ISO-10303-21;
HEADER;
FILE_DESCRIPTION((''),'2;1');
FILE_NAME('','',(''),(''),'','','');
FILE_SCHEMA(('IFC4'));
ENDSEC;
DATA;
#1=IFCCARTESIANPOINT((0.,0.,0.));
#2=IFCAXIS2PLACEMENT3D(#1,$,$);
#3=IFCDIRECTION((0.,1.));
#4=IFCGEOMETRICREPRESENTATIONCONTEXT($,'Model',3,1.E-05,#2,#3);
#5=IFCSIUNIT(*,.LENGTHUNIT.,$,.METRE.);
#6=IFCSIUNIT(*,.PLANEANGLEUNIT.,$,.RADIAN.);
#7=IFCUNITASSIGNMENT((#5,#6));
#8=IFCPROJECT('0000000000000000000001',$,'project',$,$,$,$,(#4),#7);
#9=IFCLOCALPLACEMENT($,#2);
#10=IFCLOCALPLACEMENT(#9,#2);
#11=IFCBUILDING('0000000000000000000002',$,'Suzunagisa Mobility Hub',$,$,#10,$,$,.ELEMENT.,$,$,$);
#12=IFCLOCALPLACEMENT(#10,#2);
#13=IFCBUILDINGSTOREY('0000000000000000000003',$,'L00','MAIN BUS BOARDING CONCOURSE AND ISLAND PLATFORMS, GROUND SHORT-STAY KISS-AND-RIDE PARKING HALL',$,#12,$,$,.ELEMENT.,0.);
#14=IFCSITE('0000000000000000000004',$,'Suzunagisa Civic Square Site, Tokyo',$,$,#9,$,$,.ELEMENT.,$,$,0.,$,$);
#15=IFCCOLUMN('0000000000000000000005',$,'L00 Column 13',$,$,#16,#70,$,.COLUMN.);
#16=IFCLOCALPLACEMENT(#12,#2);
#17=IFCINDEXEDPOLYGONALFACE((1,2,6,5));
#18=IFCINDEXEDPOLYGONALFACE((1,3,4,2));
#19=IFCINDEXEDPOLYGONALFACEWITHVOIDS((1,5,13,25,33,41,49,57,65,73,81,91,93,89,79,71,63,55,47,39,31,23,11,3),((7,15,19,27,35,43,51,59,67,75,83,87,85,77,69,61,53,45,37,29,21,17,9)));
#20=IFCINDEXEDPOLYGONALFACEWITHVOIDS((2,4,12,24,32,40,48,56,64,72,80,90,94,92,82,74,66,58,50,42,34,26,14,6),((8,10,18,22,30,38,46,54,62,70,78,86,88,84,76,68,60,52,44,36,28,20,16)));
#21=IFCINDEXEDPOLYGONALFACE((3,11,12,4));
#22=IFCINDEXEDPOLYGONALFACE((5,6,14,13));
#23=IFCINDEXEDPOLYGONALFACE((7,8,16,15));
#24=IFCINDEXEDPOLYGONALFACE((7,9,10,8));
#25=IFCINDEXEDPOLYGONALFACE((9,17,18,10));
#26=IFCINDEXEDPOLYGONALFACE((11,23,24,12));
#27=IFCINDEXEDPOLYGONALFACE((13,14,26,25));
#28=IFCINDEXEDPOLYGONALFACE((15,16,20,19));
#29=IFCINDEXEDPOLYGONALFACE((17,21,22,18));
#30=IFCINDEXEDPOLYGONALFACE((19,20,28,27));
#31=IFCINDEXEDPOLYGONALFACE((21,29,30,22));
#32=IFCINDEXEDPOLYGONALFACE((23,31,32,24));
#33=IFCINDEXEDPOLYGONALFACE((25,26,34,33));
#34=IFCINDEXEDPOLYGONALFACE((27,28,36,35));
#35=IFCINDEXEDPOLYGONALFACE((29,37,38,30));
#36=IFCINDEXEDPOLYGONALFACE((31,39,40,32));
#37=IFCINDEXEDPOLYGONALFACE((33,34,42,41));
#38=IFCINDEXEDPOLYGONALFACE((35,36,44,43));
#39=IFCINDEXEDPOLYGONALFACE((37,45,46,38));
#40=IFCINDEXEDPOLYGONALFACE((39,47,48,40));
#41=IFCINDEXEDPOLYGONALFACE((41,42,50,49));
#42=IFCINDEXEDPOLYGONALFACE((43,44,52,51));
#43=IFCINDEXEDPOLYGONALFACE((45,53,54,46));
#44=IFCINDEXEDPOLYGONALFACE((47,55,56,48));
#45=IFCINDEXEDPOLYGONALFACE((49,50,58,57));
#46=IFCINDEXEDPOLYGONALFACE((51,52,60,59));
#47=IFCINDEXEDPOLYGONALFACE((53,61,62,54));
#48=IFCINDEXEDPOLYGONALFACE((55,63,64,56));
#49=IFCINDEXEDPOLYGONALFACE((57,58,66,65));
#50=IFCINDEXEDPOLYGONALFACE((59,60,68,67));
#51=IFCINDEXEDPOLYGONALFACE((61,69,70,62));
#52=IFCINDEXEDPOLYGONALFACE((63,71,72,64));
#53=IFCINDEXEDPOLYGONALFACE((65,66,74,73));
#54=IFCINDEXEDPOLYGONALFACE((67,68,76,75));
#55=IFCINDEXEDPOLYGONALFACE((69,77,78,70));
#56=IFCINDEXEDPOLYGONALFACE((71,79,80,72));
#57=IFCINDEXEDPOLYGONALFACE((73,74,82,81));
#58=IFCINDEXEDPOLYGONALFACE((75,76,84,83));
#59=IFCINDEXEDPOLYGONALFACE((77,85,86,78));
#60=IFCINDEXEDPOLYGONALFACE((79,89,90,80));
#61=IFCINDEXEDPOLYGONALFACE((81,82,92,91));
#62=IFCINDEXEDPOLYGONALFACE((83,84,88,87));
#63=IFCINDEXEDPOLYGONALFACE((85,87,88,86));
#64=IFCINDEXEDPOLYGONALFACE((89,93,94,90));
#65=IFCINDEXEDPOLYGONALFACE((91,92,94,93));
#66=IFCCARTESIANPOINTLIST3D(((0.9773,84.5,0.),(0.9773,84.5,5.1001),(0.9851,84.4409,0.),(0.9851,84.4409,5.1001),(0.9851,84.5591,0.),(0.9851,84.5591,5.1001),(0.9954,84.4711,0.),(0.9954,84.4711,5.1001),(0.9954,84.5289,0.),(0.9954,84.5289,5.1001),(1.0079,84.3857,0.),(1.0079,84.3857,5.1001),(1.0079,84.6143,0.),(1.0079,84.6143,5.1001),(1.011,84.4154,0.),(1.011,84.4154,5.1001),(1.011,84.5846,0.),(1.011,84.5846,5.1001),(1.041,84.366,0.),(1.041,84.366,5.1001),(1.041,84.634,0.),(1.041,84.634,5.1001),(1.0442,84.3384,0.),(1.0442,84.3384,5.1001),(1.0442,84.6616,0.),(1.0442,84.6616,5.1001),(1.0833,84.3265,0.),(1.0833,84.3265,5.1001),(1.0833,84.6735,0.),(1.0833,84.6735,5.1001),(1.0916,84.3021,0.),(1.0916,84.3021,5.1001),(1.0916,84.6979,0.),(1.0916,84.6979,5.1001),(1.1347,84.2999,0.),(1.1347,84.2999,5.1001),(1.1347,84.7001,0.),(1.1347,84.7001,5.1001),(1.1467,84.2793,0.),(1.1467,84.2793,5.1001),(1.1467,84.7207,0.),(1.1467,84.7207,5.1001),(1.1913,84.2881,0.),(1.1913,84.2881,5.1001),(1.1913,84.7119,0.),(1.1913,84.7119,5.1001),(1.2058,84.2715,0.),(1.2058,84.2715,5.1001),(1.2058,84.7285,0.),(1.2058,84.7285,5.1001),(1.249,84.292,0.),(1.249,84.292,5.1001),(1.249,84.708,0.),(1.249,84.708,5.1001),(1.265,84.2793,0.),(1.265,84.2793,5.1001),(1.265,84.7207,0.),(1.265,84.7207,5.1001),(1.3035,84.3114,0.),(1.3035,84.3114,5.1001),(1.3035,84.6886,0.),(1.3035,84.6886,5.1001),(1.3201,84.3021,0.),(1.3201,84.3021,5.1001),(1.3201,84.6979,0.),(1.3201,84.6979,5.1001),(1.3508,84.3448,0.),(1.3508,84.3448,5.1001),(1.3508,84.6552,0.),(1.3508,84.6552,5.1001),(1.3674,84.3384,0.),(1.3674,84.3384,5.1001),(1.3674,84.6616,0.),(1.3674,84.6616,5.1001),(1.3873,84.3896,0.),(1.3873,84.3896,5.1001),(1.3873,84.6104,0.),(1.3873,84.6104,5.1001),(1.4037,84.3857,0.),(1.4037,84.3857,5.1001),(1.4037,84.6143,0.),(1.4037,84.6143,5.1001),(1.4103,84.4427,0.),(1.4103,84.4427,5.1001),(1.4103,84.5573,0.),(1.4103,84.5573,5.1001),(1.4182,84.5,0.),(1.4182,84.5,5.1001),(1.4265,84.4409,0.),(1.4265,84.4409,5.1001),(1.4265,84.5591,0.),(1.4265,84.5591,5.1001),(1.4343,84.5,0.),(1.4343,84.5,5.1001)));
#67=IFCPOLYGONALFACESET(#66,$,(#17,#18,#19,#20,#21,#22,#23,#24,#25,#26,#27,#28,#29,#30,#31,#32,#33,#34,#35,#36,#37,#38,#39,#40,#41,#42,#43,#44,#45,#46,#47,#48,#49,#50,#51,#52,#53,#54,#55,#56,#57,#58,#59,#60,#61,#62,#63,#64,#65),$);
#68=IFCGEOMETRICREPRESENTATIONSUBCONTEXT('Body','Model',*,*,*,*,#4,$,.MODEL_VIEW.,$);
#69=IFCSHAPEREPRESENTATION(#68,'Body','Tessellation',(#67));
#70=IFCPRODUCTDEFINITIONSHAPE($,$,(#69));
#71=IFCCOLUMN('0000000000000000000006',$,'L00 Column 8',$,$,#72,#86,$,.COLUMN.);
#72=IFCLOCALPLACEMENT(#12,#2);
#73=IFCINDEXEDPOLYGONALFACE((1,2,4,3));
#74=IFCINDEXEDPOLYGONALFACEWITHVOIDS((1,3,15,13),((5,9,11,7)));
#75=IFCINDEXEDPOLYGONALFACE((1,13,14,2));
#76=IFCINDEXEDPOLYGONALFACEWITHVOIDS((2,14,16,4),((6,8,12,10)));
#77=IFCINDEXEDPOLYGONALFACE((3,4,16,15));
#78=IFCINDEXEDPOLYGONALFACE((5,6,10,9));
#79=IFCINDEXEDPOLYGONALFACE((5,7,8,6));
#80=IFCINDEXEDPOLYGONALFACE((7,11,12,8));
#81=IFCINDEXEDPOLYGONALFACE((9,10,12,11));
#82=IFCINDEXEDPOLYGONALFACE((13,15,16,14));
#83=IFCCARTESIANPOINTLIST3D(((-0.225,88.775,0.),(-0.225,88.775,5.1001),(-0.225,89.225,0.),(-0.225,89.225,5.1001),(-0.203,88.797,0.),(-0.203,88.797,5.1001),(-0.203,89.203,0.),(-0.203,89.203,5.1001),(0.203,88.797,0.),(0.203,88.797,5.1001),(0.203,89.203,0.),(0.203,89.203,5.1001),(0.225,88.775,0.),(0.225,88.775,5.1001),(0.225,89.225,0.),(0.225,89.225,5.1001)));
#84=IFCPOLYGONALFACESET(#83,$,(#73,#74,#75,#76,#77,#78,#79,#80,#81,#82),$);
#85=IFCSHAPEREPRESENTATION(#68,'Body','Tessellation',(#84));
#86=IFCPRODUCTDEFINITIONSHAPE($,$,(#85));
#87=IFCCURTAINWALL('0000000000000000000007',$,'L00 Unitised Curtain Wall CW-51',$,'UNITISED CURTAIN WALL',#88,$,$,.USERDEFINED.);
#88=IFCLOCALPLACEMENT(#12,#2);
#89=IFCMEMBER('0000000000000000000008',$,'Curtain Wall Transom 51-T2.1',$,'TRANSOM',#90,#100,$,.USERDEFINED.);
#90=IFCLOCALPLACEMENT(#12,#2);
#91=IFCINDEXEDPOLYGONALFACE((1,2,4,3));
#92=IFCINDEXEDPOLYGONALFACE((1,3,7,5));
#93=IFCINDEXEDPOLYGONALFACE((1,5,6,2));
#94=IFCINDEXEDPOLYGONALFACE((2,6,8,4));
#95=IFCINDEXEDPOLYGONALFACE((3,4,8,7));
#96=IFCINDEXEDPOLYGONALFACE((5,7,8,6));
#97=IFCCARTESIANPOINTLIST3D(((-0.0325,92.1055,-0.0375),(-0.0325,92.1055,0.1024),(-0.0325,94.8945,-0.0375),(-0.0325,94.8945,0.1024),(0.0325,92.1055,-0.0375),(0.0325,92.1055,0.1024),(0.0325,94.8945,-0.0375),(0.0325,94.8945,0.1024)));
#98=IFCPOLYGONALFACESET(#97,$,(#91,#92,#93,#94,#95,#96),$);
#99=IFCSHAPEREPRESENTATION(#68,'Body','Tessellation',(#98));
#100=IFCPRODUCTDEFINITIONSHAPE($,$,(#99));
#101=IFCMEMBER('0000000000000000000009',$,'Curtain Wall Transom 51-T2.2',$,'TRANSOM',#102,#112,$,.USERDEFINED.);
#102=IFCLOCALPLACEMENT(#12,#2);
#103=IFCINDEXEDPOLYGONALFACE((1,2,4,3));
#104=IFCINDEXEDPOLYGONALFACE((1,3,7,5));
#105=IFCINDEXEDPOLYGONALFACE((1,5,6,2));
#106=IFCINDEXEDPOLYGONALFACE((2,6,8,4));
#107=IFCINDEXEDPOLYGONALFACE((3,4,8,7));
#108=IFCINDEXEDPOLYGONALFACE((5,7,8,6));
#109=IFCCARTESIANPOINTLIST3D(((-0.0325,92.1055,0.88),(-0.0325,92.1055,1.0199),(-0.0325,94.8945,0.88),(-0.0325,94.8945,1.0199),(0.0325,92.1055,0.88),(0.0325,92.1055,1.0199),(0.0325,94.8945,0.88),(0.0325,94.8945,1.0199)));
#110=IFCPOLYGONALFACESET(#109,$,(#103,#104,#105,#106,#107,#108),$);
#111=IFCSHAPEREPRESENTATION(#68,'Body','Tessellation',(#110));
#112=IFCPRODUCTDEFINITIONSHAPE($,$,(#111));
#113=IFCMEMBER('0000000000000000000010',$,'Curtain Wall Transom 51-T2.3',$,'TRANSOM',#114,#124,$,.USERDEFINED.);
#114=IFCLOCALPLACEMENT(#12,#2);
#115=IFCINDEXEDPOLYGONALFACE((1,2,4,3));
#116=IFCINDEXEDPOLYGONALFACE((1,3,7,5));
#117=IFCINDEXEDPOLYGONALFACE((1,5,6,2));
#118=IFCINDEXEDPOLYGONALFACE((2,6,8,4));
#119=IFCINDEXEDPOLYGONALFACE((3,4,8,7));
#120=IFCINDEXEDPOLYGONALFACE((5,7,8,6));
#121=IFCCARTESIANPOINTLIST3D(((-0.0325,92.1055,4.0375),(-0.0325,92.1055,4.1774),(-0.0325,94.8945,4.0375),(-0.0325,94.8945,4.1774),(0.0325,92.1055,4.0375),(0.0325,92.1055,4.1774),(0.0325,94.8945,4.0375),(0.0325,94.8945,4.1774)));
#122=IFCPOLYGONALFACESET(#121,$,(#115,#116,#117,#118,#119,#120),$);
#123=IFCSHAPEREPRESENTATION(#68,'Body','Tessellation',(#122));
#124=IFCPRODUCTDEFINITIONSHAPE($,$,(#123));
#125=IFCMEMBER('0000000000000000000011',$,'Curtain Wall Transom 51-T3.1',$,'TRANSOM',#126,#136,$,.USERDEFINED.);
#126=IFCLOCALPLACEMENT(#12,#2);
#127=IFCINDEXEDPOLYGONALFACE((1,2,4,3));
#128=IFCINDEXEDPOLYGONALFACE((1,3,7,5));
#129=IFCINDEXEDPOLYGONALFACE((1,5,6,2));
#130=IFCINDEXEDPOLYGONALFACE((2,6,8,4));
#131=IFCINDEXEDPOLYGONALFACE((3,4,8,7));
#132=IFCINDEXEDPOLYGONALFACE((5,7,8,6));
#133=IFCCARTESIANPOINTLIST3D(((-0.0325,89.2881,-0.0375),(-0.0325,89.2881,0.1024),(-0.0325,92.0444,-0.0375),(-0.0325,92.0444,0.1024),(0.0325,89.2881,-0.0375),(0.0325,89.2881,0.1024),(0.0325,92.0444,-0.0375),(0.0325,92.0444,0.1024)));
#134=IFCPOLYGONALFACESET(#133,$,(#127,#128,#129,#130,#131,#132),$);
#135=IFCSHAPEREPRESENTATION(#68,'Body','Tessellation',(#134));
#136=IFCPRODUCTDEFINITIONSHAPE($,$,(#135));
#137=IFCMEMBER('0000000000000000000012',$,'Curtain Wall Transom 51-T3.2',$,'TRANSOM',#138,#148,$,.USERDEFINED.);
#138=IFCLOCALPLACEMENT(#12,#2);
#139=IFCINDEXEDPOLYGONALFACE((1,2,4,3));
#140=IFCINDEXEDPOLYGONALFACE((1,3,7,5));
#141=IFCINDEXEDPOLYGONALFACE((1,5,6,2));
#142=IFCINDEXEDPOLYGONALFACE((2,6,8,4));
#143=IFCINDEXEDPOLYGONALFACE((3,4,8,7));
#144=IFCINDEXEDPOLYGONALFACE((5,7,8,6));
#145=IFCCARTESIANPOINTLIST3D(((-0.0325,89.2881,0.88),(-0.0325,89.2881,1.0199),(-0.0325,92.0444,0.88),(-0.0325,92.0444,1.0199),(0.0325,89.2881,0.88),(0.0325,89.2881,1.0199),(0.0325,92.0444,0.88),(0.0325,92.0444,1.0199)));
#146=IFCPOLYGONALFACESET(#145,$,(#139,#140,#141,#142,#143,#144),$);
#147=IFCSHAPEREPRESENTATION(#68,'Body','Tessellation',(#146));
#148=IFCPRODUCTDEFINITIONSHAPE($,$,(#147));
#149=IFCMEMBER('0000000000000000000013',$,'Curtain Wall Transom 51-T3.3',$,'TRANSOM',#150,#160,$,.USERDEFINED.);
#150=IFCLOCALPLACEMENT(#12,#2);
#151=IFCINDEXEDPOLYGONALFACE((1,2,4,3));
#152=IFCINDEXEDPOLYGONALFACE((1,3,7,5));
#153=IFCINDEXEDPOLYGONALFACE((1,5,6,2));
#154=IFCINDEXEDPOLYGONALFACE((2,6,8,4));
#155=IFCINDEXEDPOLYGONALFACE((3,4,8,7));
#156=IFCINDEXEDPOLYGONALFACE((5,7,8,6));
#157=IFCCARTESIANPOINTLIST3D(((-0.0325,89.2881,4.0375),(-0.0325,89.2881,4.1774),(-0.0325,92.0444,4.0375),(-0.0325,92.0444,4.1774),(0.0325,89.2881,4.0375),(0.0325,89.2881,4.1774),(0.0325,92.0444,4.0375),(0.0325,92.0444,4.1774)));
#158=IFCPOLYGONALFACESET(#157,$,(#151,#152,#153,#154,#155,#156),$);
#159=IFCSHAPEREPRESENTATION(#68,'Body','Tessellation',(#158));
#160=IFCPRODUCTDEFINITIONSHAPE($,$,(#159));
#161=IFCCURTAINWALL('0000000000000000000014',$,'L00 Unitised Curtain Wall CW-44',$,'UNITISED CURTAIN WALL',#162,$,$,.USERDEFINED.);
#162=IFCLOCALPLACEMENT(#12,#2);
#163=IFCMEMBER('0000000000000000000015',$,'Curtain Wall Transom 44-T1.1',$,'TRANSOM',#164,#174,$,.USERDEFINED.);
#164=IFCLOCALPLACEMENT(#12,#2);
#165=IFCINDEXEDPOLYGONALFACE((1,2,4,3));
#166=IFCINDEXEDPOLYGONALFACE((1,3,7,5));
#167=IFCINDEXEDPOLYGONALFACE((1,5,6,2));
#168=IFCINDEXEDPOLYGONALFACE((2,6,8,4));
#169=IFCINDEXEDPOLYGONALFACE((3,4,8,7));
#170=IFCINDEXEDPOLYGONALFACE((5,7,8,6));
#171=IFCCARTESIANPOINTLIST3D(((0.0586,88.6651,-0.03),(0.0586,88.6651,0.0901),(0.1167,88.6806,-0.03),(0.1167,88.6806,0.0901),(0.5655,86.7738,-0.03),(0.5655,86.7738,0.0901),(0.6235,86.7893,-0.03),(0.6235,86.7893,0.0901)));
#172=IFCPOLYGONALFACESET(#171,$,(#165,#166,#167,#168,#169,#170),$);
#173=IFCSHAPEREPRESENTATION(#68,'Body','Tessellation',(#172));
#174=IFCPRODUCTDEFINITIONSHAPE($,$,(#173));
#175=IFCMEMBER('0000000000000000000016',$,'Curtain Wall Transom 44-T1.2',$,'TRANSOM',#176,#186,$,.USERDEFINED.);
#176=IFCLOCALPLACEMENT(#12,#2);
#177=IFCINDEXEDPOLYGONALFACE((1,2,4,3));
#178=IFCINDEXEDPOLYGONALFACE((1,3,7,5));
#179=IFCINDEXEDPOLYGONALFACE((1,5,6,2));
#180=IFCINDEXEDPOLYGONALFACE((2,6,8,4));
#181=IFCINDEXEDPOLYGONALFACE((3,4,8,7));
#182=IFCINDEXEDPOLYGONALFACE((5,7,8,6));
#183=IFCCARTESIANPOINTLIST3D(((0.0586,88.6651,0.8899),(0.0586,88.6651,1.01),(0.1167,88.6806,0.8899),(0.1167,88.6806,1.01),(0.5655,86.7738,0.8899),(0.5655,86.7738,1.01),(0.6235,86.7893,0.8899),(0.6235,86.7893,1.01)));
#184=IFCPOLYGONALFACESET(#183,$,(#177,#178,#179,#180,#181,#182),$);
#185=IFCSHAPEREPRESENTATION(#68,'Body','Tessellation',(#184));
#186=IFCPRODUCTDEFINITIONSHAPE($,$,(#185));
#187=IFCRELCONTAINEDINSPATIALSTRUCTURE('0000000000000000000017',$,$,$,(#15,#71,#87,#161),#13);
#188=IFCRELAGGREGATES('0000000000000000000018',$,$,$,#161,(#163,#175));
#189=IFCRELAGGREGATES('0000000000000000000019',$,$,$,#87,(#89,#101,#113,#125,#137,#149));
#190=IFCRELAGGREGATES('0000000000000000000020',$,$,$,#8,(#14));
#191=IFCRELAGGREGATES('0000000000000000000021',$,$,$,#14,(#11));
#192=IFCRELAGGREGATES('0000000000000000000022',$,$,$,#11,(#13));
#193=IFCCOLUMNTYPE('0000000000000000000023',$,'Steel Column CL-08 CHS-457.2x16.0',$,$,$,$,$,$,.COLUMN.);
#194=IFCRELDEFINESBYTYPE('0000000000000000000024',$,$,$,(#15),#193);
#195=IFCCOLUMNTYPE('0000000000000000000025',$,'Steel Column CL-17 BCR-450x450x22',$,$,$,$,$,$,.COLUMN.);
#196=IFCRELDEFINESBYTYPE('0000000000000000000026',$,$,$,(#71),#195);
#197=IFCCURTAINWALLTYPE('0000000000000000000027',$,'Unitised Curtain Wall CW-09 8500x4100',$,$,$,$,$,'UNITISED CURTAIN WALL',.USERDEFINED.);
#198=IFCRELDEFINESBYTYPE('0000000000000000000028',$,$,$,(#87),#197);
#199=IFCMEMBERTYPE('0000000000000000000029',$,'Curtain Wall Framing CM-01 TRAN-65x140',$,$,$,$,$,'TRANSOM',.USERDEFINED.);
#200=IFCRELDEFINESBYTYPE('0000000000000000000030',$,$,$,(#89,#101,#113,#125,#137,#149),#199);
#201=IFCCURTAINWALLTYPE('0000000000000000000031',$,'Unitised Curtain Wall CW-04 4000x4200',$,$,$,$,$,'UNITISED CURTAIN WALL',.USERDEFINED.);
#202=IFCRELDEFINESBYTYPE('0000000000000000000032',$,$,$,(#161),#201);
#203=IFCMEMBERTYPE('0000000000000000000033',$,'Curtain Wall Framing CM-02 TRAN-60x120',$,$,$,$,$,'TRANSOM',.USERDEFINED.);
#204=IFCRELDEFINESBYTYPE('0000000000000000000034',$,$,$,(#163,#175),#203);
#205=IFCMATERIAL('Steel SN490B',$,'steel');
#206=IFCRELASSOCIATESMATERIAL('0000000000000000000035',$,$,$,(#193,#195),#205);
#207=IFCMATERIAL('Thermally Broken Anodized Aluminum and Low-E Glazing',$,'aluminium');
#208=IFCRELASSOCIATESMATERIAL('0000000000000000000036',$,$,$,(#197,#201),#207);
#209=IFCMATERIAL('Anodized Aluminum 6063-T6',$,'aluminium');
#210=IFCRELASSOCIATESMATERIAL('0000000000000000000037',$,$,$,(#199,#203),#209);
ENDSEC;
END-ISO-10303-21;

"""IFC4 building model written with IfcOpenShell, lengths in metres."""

from ifc_helpers import new_model, si_unit, direction, frame, origin, origin_2d, place, context, subcontext, project, spatial, rectangle, hollow_rectangle, hollow_circle, extrude, material, material_profile, profile_set, type_object, element, aggregate, save


model = new_model("IFC4")

# Units and contexts
model_context = context("Model", 3, precision=1e-05, world=origin(), true_north=direction((0.0, 1.0)))
body_context = subcontext(model_context, "Body", "Model", "MODEL_VIEW")
ifc_project = project(units=[si_unit("LENGTHUNIT", "METRE"), si_unit("PLANEANGLEUNIT", "RADIAN")], contexts=[model_context])

# Site, building, storey
site_placement = place(None, origin())
site = spatial("IfcSite", under=ifc_project, at=site_placement, Name="Suzunagisa Civic Square Site, Tokyo", CompositionType="ELEMENT", RefElevation=0.0)
building_placement = place(site_placement, origin())
building = spatial("IfcBuilding", under=site, at=building_placement, Name="Suzunagisa Mobility Hub", CompositionType="ELEMENT")
storey_placement = place(building_placement, origin())
storey = spatial("IfcBuildingStorey", under=building, at=storey_placement, Name="L00", Description="MAIN BUS BOARDING CONCOURSE AND ISLAND PLATFORMS, GROUND SHORT-STAY KISS-AND-RIDE PARKING HALL", CompositionType="ELEMENT", Elevation=0.0)

# Columns
ifc_material_1 = material(Name="Steel SN490B", Category="steel")
ifc_material_profile_1 = material_profile(ifc_material_1, hollow_circle(Radius=0.2285, WallThickness=0.0161, at=origin_2d()), Name="CHS-457.2x16.0")
ifc_profile_set_1 = profile_set([ifc_material_profile_1], Name="Steel SN490B")
column_type_1 = type_object("IfcColumnType", Name="Steel Column CL-08 CHS-457.2x16.0", PredefinedType="COLUMN", material=ifc_profile_set_1)
column_1_placement = place(storey_placement, frame((1.2058, 84.5, 0.0), z_axis=(0.0, 0.0, 1.0), x_axis=(1.0, 0.0, 0.0)))
element("IfcColumn", 1, at=column_1_placement, inside=storey, type_object=column_type_1, Name="L00 Column 13", PredefinedType="COLUMN", context=body_context, shape_type="SweptSolid", body=[
    extrude(hollow_circle(Radius=0.2285, WallThickness=0.0161, at=origin_2d()), origin(), (0.0, 0.0, 1.0), 5.1001),
])
ifc_material_profile_2 = material_profile(ifc_material_1, hollow_rectangle(XDim=0.45, YDim=0.45, WallThickness=0.022, at=origin_2d()), Name="BCR-450x450x22")
ifc_profile_set_2 = profile_set([ifc_material_profile_2], Name="Steel SN490B")
column_type_2 = type_object("IfcColumnType", Name="Steel Column CL-17 BCR-450x450x22", PredefinedType="COLUMN", material=ifc_profile_set_2)
column_2_placement = place(storey_placement, frame((0.0, 89.0, 0.0), z_axis=(0.0, 0.0, 1.0), x_axis=(1.0, 0.0, 0.0)))
element("IfcColumn", 2, at=column_2_placement, inside=storey, type_object=column_type_2, Name="L00 Column 8", PredefinedType="COLUMN", context=body_context, shape_type="SweptSolid", body=[
    extrude(hollow_rectangle(XDim=0.45, YDim=0.45, WallThickness=0.022, at=origin_2d()), origin(), (0.0, 0.0, 1.0), 5.1001),
])

# Curtain walls, members
ifc_material_2 = material(Name="Thermally Broken Anodized Aluminum and Low-E Glazing", Category="aluminium")
curtain_wall_type_1 = type_object("IfcCurtainWallType", Name="Unitised Curtain Wall CW-09 8500x4100", ElementType="UNITISED CURTAIN WALL", PredefinedType="USERDEFINED", material=ifc_material_2)
curtain_wall_1_placement = place(storey_placement, origin())
curtain_wall_1 = element("IfcCurtainWall", 3, at=curtain_wall_1_placement, inside=storey, type_object=curtain_wall_type_1, Name="L00 Unitised Curtain Wall CW-51", ObjectType="UNITISED CURTAIN WALL", PredefinedType="USERDEFINED")
ifc_material_3 = material(Name="Anodized Aluminum 6063-T6", Category="aluminium")
ifc_material_profile_3 = material_profile(ifc_material_3, rectangle(XDim=0.0649, YDim=0.1399, at=origin_2d()), Name="TRAN-65x140")
ifc_profile_set_3 = profile_set([ifc_material_profile_3], Name="Anodized Aluminum 6063-T6")
member_type_1 = type_object("IfcMemberType", Name="Curtain Wall Framing CM-01 TRAN-65x140", ElementType="TRANSOM", PredefinedType="USERDEFINED", material=ifc_profile_set_3)
member_1_placement = place(storey_placement, frame((0.0, 94.8945, 0.0325), z_axis=(0.0, -1.0, 0.0), x_axis=(1.0, 0.0, 0.0)))
member_1 = element("IfcMember", 4, at=member_1_placement, type_object=member_type_1, Name="Curtain Wall Transom 51-T2.1", ObjectType="TRANSOM", PredefinedType="USERDEFINED", context=body_context, shape_type="SweptSolid", body=[
    extrude(rectangle(XDim=0.0649, YDim=0.1399, at=origin_2d()), origin(), (0.0, 0.0, 1.0), 2.7891),
])
member_2_placement = place(storey_placement, frame((0.0, 94.8945, 0.95), z_axis=(0.0, -1.0, 0.0), x_axis=(1.0, 0.0, 0.0)))
member_2 = element("IfcMember", 5, at=member_2_placement, type_object=member_type_1, Name="Curtain Wall Transom 51-T2.2", ObjectType="TRANSOM", PredefinedType="USERDEFINED", context=body_context, shape_type="SweptSolid", body=[
    extrude(rectangle(XDim=0.0649, YDim=0.1399, at=origin_2d()), origin(), (0.0, 0.0, 1.0), 2.7891),
])
member_3_placement = place(storey_placement, frame((0.0, 94.8945, 4.1074), z_axis=(0.0, -1.0, 0.0), x_axis=(1.0, 0.0, 0.0)))
member_3 = element("IfcMember", 6, at=member_3_placement, type_object=member_type_1, Name="Curtain Wall Transom 51-T2.3", ObjectType="TRANSOM", PredefinedType="USERDEFINED", context=body_context, shape_type="SweptSolid", body=[
    extrude(rectangle(XDim=0.0649, YDim=0.1399, at=origin_2d()), origin(), (0.0, 0.0, 1.0), 2.7891),
])
member_4_placement = place(storey_placement, frame((0.0, 92.0444, 0.0325), z_axis=(0.0, -1.0, 0.0), x_axis=(1.0, 0.0, 0.0)))
member_4 = element("IfcMember", 7, at=member_4_placement, type_object=member_type_1, Name="Curtain Wall Transom 51-T3.1", ObjectType="TRANSOM", PredefinedType="USERDEFINED", context=body_context, shape_type="SweptSolid", body=[
    extrude(rectangle(XDim=0.0649, YDim=0.1399, at=origin_2d()), origin(), (0.0, 0.0, 1.0), 2.7563),
])
member_5_placement = place(storey_placement, frame((0.0, 92.0444, 0.95), z_axis=(0.0, -1.0, 0.0), x_axis=(1.0, 0.0, 0.0)))
member_5 = element("IfcMember", 8, at=member_5_placement, type_object=member_type_1, Name="Curtain Wall Transom 51-T3.2", ObjectType="TRANSOM", PredefinedType="USERDEFINED", context=body_context, shape_type="SweptSolid", body=[
    extrude(rectangle(XDim=0.0649, YDim=0.1399, at=origin_2d()), origin(), (0.0, 0.0, 1.0), 2.7563),
])
member_6_placement = place(storey_placement, frame((0.0, 92.0444, 4.1074), z_axis=(0.0, -1.0, 0.0), x_axis=(1.0, 0.0, 0.0)))
member_6 = element("IfcMember", 9, at=member_6_placement, type_object=member_type_1, Name="Curtain Wall Transom 51-T3.3", ObjectType="TRANSOM", PredefinedType="USERDEFINED", context=body_context, shape_type="SweptSolid", body=[
    extrude(rectangle(XDim=0.0649, YDim=0.1399, at=origin_2d()), origin(), (0.0, 0.0, 1.0), 2.7563),
])
curtain_wall_type_2 = type_object("IfcCurtainWallType", Name="Unitised Curtain Wall CW-04 4000x4200", ElementType="UNITISED CURTAIN WALL", PredefinedType="USERDEFINED", material=ifc_material_2)
curtain_wall_2_placement = place(storey_placement, origin())
curtain_wall_2 = element("IfcCurtainWall", 10, at=curtain_wall_2_placement, inside=storey, type_object=curtain_wall_type_2, Name="L00 Unitised Curtain Wall CW-44", ObjectType="UNITISED CURTAIN WALL", PredefinedType="USERDEFINED")
ifc_material_profile_4 = material_profile(ifc_material_3, rectangle(XDim=0.0601, YDim=0.1201, at=origin_2d()), Name="TRAN-60x120")
ifc_profile_set_4 = profile_set([ifc_material_profile_4], Name="Anodized Aluminum 6063-T6")
member_type_2 = type_object("IfcMemberType", Name="Curtain Wall Framing CM-02 TRAN-60x120", ElementType="TRANSOM", PredefinedType="USERDEFINED", material=ifc_profile_set_4)
member_7_placement = place(storey_placement, frame((0.0876, 88.6729, 0.03), z_axis=(0.258842, -0.96592, 0.0), x_axis=(0.96592, 0.258842, 0.0)))
member_7 = element("IfcMember", 11, at=member_7_placement, type_object=member_type_2, Name="Curtain Wall Transom 44-T1.1", ObjectType="TRANSOM", PredefinedType="USERDEFINED", context=body_context, shape_type="SweptSolid", body=[
    extrude(rectangle(XDim=0.0601, YDim=0.1201, at=origin_2d()), origin(), (0.0, 0.0, 1.0), 1.958),
])
member_8_placement = place(storey_placement, frame((0.0876, 88.6729, 0.95), z_axis=(0.258842, -0.96592, 0.0), x_axis=(0.96592, 0.258842, 0.0)))
member_8 = element("IfcMember", 12, at=member_8_placement, type_object=member_type_2, Name="Curtain Wall Transom 44-T1.2", ObjectType="TRANSOM", PredefinedType="USERDEFINED", context=body_context, shape_type="SweptSolid", body=[
    extrude(rectangle(XDim=0.0601, YDim=0.1201, at=origin_2d()), origin(), (0.0, 0.0, 1.0), 1.958),
])

aggregate(curtain_wall_2, [member_7, member_8])
aggregate(curtain_wall_1, [member_1, member_2, member_3, member_4, member_5, member_6])

save(model, "model.ifc")
